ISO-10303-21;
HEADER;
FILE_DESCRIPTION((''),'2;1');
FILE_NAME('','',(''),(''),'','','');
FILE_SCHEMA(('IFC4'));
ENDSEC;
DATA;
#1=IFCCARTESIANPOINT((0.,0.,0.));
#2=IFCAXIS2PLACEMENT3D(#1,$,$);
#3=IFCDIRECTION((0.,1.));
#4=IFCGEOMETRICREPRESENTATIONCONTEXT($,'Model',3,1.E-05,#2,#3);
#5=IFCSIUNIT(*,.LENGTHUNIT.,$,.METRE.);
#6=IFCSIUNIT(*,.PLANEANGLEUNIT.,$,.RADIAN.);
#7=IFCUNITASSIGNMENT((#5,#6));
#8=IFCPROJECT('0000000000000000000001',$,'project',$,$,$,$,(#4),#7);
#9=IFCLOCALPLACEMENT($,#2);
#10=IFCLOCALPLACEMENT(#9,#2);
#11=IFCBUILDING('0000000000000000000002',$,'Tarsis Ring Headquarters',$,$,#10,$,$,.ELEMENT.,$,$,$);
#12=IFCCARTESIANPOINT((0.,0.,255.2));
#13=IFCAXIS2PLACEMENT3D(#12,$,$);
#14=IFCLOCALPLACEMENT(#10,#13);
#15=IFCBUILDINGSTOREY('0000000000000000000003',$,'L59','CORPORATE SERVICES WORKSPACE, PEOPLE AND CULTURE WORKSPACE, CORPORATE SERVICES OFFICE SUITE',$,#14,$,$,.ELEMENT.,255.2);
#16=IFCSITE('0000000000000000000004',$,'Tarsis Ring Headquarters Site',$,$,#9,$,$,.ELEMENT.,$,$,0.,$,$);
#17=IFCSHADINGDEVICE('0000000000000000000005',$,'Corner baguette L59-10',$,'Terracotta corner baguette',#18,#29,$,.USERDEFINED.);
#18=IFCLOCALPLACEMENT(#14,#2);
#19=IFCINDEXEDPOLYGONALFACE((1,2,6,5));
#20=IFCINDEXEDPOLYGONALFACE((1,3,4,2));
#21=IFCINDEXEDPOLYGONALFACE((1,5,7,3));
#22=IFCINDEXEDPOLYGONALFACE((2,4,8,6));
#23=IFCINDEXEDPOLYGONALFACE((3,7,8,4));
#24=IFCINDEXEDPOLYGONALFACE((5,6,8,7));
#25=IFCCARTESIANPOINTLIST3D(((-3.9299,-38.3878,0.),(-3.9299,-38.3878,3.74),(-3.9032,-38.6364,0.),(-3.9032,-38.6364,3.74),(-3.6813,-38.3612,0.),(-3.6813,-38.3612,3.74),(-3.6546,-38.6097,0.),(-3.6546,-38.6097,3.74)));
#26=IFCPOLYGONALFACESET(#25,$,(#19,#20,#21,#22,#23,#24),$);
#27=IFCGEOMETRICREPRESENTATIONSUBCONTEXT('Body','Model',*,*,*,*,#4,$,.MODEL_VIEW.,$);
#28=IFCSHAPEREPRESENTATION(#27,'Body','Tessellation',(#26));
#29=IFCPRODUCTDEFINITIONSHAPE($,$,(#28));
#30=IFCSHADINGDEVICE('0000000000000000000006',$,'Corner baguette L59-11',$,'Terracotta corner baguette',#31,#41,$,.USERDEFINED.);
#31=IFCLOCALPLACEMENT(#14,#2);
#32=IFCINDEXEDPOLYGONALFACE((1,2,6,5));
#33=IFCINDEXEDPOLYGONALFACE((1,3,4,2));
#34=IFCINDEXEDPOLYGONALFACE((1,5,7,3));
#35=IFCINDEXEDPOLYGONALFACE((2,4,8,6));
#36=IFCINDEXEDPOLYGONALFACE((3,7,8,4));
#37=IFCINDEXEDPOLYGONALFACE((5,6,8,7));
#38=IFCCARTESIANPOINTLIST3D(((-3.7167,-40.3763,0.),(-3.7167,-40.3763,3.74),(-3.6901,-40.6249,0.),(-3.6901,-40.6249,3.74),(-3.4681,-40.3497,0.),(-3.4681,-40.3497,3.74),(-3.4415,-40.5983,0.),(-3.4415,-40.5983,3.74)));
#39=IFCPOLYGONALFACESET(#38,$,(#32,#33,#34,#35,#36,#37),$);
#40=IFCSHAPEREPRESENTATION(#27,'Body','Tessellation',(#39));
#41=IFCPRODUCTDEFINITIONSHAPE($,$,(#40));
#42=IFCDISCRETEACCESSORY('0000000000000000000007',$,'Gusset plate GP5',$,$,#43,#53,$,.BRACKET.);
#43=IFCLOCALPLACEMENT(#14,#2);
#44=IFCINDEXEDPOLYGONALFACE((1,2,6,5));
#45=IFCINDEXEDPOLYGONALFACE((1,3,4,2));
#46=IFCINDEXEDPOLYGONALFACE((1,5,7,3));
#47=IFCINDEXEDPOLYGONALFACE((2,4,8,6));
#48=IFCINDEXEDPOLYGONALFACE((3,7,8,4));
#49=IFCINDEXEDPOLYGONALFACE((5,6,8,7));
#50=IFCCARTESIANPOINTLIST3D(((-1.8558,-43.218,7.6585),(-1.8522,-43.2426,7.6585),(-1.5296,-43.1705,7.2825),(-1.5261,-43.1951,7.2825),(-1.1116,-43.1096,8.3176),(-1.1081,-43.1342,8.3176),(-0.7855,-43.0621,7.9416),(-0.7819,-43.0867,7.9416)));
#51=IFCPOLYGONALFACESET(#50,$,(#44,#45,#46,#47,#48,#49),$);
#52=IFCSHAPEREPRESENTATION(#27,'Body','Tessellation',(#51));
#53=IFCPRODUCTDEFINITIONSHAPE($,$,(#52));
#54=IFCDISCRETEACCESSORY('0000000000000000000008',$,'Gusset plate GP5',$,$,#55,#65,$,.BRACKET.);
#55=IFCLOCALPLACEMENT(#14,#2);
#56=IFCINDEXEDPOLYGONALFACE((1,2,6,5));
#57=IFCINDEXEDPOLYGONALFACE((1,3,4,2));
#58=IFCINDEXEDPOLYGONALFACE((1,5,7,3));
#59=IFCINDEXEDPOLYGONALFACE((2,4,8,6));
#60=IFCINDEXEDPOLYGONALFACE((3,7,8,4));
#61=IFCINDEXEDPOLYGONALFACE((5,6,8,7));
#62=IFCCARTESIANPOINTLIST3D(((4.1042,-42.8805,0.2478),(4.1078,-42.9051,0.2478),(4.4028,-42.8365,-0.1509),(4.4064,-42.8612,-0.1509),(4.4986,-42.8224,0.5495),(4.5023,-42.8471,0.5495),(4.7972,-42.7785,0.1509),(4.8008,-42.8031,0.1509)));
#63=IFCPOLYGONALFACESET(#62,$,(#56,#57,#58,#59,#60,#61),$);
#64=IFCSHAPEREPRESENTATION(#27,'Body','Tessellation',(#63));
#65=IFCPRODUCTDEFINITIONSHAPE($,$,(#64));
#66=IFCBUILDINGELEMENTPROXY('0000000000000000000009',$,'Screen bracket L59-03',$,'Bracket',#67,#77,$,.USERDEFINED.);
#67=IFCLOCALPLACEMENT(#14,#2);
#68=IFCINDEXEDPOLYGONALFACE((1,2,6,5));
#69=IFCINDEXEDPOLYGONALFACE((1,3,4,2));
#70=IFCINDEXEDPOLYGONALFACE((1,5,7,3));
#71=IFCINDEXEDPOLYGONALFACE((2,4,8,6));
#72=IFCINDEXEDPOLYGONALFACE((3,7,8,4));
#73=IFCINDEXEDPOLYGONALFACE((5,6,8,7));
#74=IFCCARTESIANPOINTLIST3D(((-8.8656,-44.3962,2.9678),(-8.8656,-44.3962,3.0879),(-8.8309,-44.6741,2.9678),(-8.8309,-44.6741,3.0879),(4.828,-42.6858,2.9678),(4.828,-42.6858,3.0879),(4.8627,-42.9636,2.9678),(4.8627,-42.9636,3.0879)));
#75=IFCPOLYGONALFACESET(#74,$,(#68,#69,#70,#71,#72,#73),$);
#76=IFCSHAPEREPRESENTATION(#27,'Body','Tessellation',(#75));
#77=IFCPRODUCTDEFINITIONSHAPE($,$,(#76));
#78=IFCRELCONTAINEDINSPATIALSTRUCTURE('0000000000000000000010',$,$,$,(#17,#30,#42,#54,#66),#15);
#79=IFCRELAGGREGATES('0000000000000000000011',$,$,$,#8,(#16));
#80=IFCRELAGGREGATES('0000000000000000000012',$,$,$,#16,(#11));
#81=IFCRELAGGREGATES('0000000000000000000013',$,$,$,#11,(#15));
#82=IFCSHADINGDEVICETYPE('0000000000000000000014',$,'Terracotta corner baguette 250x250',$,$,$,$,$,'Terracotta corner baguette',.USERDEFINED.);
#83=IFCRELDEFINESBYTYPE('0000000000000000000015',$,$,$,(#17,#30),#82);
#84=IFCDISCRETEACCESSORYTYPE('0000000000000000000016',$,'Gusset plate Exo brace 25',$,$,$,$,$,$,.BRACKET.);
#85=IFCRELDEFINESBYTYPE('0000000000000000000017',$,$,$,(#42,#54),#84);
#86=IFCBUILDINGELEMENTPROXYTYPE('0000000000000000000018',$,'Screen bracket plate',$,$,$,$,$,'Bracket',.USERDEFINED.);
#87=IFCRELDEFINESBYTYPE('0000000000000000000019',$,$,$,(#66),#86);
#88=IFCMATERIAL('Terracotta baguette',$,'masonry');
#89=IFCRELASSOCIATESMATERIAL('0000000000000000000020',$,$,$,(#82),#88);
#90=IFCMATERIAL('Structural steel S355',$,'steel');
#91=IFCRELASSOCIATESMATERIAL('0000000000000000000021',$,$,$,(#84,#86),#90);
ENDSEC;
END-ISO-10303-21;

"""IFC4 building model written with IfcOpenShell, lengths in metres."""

from ifc_helpers import new_model, si_unit, direction, frame, origin, origin_2d, place, context, subcontext, project, spatial, rectangle, extrude, material, material_profile, profile_set, type_object, element, save


model = new_model("IFC4")

# Units and contexts
model_context = context("Model", 3, precision=1e-05, world=origin(), true_north=direction((0.0, 1.0)))
body_context = subcontext(model_context, "Body", "Model", "MODEL_VIEW")
ifc_project = project(units=[si_unit("LENGTHUNIT", "METRE"), si_unit("PLANEANGLEUNIT", "RADIAN")], contexts=[model_context])

# Site, building, storey
site_placement = place(None, origin())
site = spatial("IfcSite", under=ifc_project, at=site_placement, Name="Tarsis Ring Headquarters Site", CompositionType="ELEMENT", RefElevation=0.0)
building_placement = place(site_placement, origin())
building = spatial("IfcBuilding", under=site, at=building_placement, Name="Tarsis Ring Headquarters", CompositionType="ELEMENT")
storey_placement = place(building_placement, frame((0.0, 0.0, 255.2)))
storey = spatial("IfcBuildingStorey", under=building, at=storey_placement, Name="L59", Description="CORPORATE SERVICES WORKSPACE, PEOPLE AND CULTURE WORKSPACE, CORPORATE SERVICES OFFICE SUITE", CompositionType="ELEMENT", Elevation=255.2)

# Shared definitions
ifc_material_1 = material(Name="Structural steel S355", Category="steel")

# Shading devices
ifc_material_2 = material(Name="Terracotta baguette", Category="masonry")
shading_device_type_1 = type_object("IfcShadingDeviceType", Name="Terracotta corner baguette 250x250", ElementType="Terracotta corner baguette", PredefinedType="USERDEFINED", material=ifc_material_2)
for number, where, z_axis, x_axis, name in (
    (1, (-3.7922, -38.4988, 0.0), (0.0, 0.0, 1.0), (0.994301, 0.106611, 0.0), "Corner baguette L59-10"),
    (2, (-3.5791, -40.4873, 0.0), (0.0, 0.0, 1.0), (0.106611, -0.994301, 0.0), "Corner baguette L59-11"),
):
    element("IfcShadingDevice", number, at=place(storey_placement, frame(where, z_axis=z_axis, x_axis=x_axis)), inside=storey, type_object=shading_device_type_1, Name=name, ObjectType="Terracotta corner baguette", PredefinedType="USERDEFINED", context=body_context, shape_type="SweptSolid", body=[
        extrude(rectangle(XDim=0.25, YDim=0.25, at=origin_2d()), origin(), (0.0, 0.0, 1.0), 3.74),
    ])

# Discrete accessories
ifc_material_profile_1 = material_profile(ifc_material_1, rectangle(XDim=0.0249, YDim=0.5, at=origin_2d()), Name="PL 25x500")
ifc_profile_set_1 = profile_set([ifc_material_profile_1], Name="Structural steel S355")
discrete_accessory_type = type_object("IfcDiscreteAccessoryType", Name="Gusset plate Exo brace 25", PredefinedType="BRACKET", material=ifc_profile_set_1)
discrete_accessory_1_placement = place(storey_placement, frame((-1.6909, -43.2065, 7.4705), z_axis=(0.744136, 0.108398, 0.659175), x_axis=(-0.144148, 0.989556, 0.0)))
element("IfcDiscreteAccessory", 3, at=discrete_accessory_1_placement, inside=storey, type_object=discrete_accessory_type, Name="Gusset plate GP5", PredefinedType="BRACKET", context=body_context, shape_type="SweptSolid", body=[
    extrude(rectangle(XDim=0.0249, YDim=0.5, at=origin_2d()), origin(), (0.0, 0.0, 1.0), 1.0),
])
discrete_accessory_2_placement = place(storey_placement, frame((4.6018, -42.8198, 0.0), z_axis=(-0.597131, -0.087885, 0.797314), x_axis=(0.14561, -0.989342, 0.0)))
element("IfcDiscreteAccessory", 4, at=discrete_accessory_2_placement, inside=storey, type_object=discrete_accessory_type, Name="Gusset plate GP5", PredefinedType="BRACKET", context=body_context, shape_type="SweptSolid", body=[
    extrude(rectangle(XDim=0.0249, YDim=0.5, at=origin_2d()), origin(), (0.0, 0.0, 1.0), 0.5),
])

# Building element proxy
building_element_proxy_type = type_object("IfcBuildingElementProxyType", Name="Screen bracket plate", ElementType="Bracket", PredefinedType="USERDEFINED", material=ifc_material_1)
proxy_placement = place(storey_placement, frame((-2.0015, -43.6799, 2.9678), z_axis=(0.0, 0.0, 1.0), x_axis=(0.992289, 0.123948, 0.0)))
element("IfcBuildingElementProxy", 5, at=proxy_placement, inside=storey, type_object=building_element_proxy_type, Name="Screen bracket L59-03", ObjectType="Bracket", PredefinedType="USERDEFINED", context=body_context, shape_type="SweptSolid", body=[
    extrude(rectangle(XDim=13.8, YDim=0.28, at=origin_2d()), origin(), (0.0, 0.0, 1.0), 0.1201),
])

save(model, "model.ifc")
